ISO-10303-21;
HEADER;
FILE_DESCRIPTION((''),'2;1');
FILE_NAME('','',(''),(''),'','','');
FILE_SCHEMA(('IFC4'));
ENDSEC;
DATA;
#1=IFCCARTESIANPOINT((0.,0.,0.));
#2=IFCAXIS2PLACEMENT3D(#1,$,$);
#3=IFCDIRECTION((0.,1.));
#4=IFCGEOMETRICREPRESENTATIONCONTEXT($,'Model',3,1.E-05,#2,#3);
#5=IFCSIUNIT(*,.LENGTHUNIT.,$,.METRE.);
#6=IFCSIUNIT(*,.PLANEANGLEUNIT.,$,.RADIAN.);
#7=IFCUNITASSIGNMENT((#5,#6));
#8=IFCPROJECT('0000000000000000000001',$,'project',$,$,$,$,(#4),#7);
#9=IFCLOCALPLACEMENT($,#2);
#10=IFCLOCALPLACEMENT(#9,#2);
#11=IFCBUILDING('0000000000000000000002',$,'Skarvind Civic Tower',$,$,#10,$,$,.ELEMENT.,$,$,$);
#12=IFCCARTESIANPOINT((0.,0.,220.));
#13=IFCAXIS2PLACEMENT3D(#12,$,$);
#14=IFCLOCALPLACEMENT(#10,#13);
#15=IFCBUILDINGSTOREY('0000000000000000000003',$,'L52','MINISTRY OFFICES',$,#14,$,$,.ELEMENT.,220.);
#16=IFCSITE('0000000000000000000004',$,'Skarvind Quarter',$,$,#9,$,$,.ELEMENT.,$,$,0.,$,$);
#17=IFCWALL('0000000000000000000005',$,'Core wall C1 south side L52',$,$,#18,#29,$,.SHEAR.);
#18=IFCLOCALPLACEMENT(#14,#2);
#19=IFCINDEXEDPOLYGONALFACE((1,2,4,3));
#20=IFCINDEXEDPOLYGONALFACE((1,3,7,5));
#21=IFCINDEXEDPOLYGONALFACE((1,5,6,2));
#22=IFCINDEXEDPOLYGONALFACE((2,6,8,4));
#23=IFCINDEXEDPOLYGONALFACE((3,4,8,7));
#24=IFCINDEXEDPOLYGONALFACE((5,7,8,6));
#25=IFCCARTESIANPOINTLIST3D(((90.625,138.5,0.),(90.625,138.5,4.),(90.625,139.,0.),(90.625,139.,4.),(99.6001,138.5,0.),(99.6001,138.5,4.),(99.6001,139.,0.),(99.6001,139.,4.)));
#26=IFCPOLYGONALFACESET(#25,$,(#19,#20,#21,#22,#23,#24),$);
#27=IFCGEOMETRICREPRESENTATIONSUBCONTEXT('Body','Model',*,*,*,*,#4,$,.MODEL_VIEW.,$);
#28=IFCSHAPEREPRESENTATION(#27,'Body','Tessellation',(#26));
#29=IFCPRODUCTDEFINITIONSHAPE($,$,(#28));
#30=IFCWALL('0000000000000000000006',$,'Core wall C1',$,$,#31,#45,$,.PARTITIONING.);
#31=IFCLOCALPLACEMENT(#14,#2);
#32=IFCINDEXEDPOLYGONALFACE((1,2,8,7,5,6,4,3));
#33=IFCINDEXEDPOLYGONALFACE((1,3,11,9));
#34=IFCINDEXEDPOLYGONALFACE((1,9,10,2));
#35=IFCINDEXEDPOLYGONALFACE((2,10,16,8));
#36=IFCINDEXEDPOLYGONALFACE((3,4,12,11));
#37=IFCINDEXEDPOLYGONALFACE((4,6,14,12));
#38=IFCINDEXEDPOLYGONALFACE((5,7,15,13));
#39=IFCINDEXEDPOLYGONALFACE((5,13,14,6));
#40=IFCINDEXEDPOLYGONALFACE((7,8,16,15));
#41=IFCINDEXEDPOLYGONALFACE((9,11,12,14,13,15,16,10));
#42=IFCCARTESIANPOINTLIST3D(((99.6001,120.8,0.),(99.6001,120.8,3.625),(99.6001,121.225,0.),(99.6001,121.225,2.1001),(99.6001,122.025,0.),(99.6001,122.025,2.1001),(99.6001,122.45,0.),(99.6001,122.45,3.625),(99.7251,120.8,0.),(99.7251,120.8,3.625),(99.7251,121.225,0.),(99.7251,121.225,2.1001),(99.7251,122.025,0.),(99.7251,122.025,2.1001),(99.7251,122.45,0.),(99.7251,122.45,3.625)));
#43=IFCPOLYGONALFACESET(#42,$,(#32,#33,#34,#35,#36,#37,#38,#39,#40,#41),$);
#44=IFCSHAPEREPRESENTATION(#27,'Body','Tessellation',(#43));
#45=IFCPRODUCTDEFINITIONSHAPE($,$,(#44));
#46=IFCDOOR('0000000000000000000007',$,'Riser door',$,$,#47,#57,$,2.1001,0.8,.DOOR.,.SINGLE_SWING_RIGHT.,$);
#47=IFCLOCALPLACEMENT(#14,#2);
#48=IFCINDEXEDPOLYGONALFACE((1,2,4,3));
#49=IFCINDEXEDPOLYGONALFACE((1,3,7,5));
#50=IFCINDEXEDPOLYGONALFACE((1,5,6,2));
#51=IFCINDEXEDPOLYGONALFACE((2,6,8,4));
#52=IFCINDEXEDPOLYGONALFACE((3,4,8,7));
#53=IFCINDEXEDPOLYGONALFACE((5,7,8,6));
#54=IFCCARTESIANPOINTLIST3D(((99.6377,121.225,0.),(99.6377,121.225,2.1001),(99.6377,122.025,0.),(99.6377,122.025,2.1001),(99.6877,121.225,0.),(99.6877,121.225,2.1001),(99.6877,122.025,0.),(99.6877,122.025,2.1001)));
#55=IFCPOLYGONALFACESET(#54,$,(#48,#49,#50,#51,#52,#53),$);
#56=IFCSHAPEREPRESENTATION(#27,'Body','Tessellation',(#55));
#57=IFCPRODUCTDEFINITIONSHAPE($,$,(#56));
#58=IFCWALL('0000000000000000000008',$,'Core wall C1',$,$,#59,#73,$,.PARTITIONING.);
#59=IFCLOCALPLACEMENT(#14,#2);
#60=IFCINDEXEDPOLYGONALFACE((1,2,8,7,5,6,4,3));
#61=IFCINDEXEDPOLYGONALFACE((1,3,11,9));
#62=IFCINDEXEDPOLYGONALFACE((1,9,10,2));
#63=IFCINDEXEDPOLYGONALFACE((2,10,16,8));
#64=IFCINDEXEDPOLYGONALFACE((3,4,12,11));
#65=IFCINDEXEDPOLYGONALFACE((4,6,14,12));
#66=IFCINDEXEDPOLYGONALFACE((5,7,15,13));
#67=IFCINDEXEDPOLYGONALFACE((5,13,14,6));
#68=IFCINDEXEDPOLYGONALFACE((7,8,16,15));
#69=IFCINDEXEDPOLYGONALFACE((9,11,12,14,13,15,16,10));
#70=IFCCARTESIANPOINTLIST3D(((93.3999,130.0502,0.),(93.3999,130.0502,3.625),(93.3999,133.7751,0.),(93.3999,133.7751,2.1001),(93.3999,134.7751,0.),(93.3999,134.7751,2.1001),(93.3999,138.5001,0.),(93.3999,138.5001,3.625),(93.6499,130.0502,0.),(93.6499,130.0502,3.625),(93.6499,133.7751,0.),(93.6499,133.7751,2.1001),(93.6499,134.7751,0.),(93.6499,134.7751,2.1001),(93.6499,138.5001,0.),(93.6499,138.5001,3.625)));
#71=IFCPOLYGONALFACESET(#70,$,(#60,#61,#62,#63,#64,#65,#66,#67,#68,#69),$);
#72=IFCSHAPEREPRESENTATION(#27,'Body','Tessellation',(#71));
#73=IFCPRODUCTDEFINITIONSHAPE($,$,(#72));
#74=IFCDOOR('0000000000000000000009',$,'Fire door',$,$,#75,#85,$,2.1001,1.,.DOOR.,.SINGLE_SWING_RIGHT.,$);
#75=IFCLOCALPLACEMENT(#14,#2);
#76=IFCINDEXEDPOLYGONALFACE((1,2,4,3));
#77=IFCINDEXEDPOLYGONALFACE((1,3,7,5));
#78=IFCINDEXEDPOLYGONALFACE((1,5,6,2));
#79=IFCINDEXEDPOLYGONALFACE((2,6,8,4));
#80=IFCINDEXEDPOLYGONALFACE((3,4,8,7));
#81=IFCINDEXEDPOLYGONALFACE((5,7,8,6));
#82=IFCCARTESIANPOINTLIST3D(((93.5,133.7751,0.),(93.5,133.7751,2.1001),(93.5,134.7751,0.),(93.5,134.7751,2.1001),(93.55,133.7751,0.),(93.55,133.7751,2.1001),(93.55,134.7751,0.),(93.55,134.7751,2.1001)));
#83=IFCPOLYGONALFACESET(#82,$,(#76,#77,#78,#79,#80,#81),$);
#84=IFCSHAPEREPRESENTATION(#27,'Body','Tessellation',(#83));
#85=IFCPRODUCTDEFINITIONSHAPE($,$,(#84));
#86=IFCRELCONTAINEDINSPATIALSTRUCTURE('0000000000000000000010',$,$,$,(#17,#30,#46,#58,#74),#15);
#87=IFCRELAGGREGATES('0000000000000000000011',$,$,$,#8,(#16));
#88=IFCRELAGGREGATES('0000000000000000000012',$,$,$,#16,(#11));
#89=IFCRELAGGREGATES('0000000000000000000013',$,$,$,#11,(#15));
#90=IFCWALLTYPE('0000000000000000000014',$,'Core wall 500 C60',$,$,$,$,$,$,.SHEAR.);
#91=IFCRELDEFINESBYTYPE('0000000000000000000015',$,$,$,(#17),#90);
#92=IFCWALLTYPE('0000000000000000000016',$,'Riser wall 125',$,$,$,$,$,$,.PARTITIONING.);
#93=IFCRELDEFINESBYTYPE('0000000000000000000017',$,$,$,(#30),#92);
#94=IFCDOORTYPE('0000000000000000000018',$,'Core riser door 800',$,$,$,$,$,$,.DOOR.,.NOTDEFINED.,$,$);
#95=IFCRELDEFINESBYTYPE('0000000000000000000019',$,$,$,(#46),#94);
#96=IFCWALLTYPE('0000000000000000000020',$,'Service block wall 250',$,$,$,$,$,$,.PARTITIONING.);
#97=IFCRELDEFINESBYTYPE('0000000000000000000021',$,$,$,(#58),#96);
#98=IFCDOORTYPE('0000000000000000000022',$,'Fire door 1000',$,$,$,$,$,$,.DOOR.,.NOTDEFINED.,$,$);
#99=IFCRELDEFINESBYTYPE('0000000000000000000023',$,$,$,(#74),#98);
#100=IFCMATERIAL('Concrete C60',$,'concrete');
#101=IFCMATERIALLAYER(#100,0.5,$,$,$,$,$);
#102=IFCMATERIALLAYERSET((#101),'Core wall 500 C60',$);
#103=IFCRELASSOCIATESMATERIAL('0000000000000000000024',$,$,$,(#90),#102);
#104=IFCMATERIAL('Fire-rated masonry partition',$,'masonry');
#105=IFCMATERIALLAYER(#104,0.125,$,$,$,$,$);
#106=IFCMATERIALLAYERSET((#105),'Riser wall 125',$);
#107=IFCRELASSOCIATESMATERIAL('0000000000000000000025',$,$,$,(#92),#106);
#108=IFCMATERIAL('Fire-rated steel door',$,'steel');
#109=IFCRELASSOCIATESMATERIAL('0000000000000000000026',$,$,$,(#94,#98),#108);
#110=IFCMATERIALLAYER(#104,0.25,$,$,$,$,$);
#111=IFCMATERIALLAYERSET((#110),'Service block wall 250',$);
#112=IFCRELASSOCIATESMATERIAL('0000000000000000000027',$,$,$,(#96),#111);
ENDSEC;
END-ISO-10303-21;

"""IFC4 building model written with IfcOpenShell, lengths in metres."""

from ifc_helpers import new_model, si_unit, direction, frame, frame_2d, origin, place, context, subcontext, project, spatial, rectangle, extrude, material, layer, layer_set, type_object, element, fill, save


model = new_model("IFC4")

# Units and contexts
model_context = context("Model", 3, precision=1e-05, world=origin(), true_north=direction((0.0, 1.0)))
body_context = subcontext(model_context, "Body", "Model", "MODEL_VIEW")
ifc_project = project(units=[si_unit("LENGTHUNIT", "METRE"), si_unit("PLANEANGLEUNIT", "RADIAN")], contexts=[model_context])

# Site, building, storey
site_placement = place(None, origin())
site = spatial("IfcSite", under=ifc_project, at=site_placement, Name="Skarvind Quarter", CompositionType="ELEMENT", RefElevation=0.0)
building_placement = place(site_placement, origin())
building = spatial("IfcBuilding", under=site, at=building_placement, Name="Skarvind Civic Tower", CompositionType="ELEMENT")
storey_placement = place(building_placement, frame((0.0, 0.0, 220.0)))
storey = spatial("IfcBuildingStorey", under=building, at=storey_placement, Name="L52", Description="MINISTRY OFFICES", CompositionType="ELEMENT", Elevation=220.0)

# Shared definitions
ifc_material_1 = material(Name="Concrete C60", Category="concrete")

# Shared definitions
ifc_material_2 = material(Name="Fire-rated masonry partition", Category="masonry")
ifc_material_3 = material(Name="Fire-rated steel door", Category="steel")

# Wall
ifc_layer_1 = layer(ifc_material_1, 0.5)
ifc_layer_set_1 = layer_set([ifc_layer_1], Name="Core wall 500 C60")
wall_type_1 = type_object("IfcWallType", Name="Core wall 500 C60", PredefinedType="SHEAR", material=ifc_layer_set_1)
wall_1_placement = place(storey_placement, frame((99.6001, 138.75, 0.0), z_axis=(0.0, 0.0, 1.0), x_axis=(-1.0, 0.0, 0.0)))
element("IfcWall", 1, at=wall_1_placement, inside=storey, type_object=wall_type_1, Name="Core wall C1 south side L52", PredefinedType="SHEAR", context=body_context, shape_type="SweptSolid", body=[
    extrude(rectangle(XDim=8.9751, YDim=0.5, at=frame_2d((4.4875, 0.0))), origin(), (0.0, 0.0, 1.0), 4.0),
])

# Walls, openings, doors
ifc_layer_2 = layer(ifc_material_2, 0.125)
ifc_layer_set_2 = layer_set([ifc_layer_2], Name="Riser wall 125")
wall_type_2 = type_object("IfcWallType", Name="Riser wall 125", PredefinedType="PARTITIONING", material=ifc_layer_set_2)
wall_2_placement = place(storey_placement, frame((99.6626, 120.8, 0.0), z_axis=(0.0, 0.0, 1.0), x_axis=(0.0, 1.0, 0.0)))
wall_2 = element("IfcWall", 2, at=wall_2_placement, inside=storey, type_object=wall_type_2, Name="Core wall C1", PredefinedType="PARTITIONING", context=body_context, shape_type="SweptSolid", body=[
    extrude(rectangle(XDim=1.6499, YDim=0.125, at=frame_2d((0.825, 0.0))), origin(), (0.0, 0.0, 1.0), 3.625),
])
opening_1_placement = place(wall_2_placement, frame((0.425, 0.0, 0.0)))
opening_1 = element("IfcOpeningElement", 3, at=opening_1_placement, cuts=wall_2, PredefinedType="OPENING", context=body_context, shape_type="SweptSolid", body=[
    extrude(rectangle(XDim=0.8, YDim=2.1001, at=frame_2d((0.3999, 1.05))), frame((0.0, 0.0725, 0.0), z_axis=(0.0, -1.0, 0.0), x_axis=(1.0, 0.0, 0.0)), (0.0, 0.0, 1.0), 0.145),
])
door_type_1 = type_object("IfcDoorType", Name="Core riser door 800", OperationType="NOTDEFINED", PredefinedType="DOOR", material=ifc_material_3)
door_1_placement = place(opening_1_placement, origin())
door_1 = element("IfcDoor", 4, at=door_1_placement, inside=storey, type_object=door_type_1, Name="Riser door", OperationType="SINGLE_SWING_RIGHT", OverallHeight=2.1001, OverallWidth=0.8, PredefinedType="DOOR", context=body_context, shape_type="SweptSolid", body=[
    extrude(rectangle(XDim=0.8, YDim=2.1001, at=frame_2d((0.3999, 1.05))), frame((0.0, 0.0249, 0.0), z_axis=(0.0, -1.0, 0.0), x_axis=(1.0, 0.0, 0.0)), (0.0, 0.0, 1.0), 0.05),
])
fill(opening_1, door_1)
ifc_layer_3 = layer(ifc_material_2, 0.25)
ifc_layer_set_3 = layer_set([ifc_layer_3], Name="Service block wall 250")
wall_type_3 = type_object("IfcWallType", Name="Service block wall 250", PredefinedType="PARTITIONING", material=ifc_layer_set_3)
wall_3_placement = place(storey_placement, frame((93.5249, 130.05, 0.0), z_axis=(0.0, 0.0, 1.0), x_axis=(0.0, 1.0, 0.0)))
wall_3 = element("IfcWall", 5, at=wall_3_placement, inside=storey, type_object=wall_type_3, Name="Core wall C1", PredefinedType="PARTITIONING", context=body_context, shape_type="SweptSolid", body=[
    extrude(rectangle(XDim=8.45, YDim=0.25, at=frame_2d((4.2251, 0.0))), origin(), (0.0, 0.0, 1.0), 3.625),
])
opening_2_placement = place(wall_3_placement, frame((3.7251, 0.0, 0.0)))
opening_2 = element("IfcOpeningElement", 6, at=opening_2_placement, cuts=wall_3, PredefinedType="OPENING", context=body_context, shape_type="SweptSolid", body=[
    extrude(rectangle(XDim=1.0, YDim=2.1001, at=frame_2d((0.5, 1.05))), frame((0.0, 0.135, 0.0), z_axis=(0.0, -1.0, 0.0), x_axis=(1.0, 0.0, 0.0)), (0.0, 0.0, 1.0), 0.27),
])
door_type_2 = type_object("IfcDoorType", Name="Fire door 1000", OperationType="NOTDEFINED", PredefinedType="DOOR", material=ifc_material_3)
door_2_placement = place(opening_2_placement, origin())
door_2 = element("IfcDoor", 7, at=door_2_placement, inside=storey, type_object=door_type_2, Name="Fire door", OperationType="SINGLE_SWING_RIGHT", OverallHeight=2.1001, OverallWidth=1.0, PredefinedType="DOOR", context=body_context, shape_type="SweptSolid", body=[
    extrude(rectangle(XDim=1.0, YDim=2.1001, at=frame_2d((0.5, 1.05))), frame((0.0, 0.0249, 0.0), z_axis=(0.0, -1.0, 0.0), x_axis=(1.0, 0.0, 0.0)), (0.0, 0.0, 1.0), 0.05),
])
fill(opening_2, door_2)

save(model, "model.ifc")
